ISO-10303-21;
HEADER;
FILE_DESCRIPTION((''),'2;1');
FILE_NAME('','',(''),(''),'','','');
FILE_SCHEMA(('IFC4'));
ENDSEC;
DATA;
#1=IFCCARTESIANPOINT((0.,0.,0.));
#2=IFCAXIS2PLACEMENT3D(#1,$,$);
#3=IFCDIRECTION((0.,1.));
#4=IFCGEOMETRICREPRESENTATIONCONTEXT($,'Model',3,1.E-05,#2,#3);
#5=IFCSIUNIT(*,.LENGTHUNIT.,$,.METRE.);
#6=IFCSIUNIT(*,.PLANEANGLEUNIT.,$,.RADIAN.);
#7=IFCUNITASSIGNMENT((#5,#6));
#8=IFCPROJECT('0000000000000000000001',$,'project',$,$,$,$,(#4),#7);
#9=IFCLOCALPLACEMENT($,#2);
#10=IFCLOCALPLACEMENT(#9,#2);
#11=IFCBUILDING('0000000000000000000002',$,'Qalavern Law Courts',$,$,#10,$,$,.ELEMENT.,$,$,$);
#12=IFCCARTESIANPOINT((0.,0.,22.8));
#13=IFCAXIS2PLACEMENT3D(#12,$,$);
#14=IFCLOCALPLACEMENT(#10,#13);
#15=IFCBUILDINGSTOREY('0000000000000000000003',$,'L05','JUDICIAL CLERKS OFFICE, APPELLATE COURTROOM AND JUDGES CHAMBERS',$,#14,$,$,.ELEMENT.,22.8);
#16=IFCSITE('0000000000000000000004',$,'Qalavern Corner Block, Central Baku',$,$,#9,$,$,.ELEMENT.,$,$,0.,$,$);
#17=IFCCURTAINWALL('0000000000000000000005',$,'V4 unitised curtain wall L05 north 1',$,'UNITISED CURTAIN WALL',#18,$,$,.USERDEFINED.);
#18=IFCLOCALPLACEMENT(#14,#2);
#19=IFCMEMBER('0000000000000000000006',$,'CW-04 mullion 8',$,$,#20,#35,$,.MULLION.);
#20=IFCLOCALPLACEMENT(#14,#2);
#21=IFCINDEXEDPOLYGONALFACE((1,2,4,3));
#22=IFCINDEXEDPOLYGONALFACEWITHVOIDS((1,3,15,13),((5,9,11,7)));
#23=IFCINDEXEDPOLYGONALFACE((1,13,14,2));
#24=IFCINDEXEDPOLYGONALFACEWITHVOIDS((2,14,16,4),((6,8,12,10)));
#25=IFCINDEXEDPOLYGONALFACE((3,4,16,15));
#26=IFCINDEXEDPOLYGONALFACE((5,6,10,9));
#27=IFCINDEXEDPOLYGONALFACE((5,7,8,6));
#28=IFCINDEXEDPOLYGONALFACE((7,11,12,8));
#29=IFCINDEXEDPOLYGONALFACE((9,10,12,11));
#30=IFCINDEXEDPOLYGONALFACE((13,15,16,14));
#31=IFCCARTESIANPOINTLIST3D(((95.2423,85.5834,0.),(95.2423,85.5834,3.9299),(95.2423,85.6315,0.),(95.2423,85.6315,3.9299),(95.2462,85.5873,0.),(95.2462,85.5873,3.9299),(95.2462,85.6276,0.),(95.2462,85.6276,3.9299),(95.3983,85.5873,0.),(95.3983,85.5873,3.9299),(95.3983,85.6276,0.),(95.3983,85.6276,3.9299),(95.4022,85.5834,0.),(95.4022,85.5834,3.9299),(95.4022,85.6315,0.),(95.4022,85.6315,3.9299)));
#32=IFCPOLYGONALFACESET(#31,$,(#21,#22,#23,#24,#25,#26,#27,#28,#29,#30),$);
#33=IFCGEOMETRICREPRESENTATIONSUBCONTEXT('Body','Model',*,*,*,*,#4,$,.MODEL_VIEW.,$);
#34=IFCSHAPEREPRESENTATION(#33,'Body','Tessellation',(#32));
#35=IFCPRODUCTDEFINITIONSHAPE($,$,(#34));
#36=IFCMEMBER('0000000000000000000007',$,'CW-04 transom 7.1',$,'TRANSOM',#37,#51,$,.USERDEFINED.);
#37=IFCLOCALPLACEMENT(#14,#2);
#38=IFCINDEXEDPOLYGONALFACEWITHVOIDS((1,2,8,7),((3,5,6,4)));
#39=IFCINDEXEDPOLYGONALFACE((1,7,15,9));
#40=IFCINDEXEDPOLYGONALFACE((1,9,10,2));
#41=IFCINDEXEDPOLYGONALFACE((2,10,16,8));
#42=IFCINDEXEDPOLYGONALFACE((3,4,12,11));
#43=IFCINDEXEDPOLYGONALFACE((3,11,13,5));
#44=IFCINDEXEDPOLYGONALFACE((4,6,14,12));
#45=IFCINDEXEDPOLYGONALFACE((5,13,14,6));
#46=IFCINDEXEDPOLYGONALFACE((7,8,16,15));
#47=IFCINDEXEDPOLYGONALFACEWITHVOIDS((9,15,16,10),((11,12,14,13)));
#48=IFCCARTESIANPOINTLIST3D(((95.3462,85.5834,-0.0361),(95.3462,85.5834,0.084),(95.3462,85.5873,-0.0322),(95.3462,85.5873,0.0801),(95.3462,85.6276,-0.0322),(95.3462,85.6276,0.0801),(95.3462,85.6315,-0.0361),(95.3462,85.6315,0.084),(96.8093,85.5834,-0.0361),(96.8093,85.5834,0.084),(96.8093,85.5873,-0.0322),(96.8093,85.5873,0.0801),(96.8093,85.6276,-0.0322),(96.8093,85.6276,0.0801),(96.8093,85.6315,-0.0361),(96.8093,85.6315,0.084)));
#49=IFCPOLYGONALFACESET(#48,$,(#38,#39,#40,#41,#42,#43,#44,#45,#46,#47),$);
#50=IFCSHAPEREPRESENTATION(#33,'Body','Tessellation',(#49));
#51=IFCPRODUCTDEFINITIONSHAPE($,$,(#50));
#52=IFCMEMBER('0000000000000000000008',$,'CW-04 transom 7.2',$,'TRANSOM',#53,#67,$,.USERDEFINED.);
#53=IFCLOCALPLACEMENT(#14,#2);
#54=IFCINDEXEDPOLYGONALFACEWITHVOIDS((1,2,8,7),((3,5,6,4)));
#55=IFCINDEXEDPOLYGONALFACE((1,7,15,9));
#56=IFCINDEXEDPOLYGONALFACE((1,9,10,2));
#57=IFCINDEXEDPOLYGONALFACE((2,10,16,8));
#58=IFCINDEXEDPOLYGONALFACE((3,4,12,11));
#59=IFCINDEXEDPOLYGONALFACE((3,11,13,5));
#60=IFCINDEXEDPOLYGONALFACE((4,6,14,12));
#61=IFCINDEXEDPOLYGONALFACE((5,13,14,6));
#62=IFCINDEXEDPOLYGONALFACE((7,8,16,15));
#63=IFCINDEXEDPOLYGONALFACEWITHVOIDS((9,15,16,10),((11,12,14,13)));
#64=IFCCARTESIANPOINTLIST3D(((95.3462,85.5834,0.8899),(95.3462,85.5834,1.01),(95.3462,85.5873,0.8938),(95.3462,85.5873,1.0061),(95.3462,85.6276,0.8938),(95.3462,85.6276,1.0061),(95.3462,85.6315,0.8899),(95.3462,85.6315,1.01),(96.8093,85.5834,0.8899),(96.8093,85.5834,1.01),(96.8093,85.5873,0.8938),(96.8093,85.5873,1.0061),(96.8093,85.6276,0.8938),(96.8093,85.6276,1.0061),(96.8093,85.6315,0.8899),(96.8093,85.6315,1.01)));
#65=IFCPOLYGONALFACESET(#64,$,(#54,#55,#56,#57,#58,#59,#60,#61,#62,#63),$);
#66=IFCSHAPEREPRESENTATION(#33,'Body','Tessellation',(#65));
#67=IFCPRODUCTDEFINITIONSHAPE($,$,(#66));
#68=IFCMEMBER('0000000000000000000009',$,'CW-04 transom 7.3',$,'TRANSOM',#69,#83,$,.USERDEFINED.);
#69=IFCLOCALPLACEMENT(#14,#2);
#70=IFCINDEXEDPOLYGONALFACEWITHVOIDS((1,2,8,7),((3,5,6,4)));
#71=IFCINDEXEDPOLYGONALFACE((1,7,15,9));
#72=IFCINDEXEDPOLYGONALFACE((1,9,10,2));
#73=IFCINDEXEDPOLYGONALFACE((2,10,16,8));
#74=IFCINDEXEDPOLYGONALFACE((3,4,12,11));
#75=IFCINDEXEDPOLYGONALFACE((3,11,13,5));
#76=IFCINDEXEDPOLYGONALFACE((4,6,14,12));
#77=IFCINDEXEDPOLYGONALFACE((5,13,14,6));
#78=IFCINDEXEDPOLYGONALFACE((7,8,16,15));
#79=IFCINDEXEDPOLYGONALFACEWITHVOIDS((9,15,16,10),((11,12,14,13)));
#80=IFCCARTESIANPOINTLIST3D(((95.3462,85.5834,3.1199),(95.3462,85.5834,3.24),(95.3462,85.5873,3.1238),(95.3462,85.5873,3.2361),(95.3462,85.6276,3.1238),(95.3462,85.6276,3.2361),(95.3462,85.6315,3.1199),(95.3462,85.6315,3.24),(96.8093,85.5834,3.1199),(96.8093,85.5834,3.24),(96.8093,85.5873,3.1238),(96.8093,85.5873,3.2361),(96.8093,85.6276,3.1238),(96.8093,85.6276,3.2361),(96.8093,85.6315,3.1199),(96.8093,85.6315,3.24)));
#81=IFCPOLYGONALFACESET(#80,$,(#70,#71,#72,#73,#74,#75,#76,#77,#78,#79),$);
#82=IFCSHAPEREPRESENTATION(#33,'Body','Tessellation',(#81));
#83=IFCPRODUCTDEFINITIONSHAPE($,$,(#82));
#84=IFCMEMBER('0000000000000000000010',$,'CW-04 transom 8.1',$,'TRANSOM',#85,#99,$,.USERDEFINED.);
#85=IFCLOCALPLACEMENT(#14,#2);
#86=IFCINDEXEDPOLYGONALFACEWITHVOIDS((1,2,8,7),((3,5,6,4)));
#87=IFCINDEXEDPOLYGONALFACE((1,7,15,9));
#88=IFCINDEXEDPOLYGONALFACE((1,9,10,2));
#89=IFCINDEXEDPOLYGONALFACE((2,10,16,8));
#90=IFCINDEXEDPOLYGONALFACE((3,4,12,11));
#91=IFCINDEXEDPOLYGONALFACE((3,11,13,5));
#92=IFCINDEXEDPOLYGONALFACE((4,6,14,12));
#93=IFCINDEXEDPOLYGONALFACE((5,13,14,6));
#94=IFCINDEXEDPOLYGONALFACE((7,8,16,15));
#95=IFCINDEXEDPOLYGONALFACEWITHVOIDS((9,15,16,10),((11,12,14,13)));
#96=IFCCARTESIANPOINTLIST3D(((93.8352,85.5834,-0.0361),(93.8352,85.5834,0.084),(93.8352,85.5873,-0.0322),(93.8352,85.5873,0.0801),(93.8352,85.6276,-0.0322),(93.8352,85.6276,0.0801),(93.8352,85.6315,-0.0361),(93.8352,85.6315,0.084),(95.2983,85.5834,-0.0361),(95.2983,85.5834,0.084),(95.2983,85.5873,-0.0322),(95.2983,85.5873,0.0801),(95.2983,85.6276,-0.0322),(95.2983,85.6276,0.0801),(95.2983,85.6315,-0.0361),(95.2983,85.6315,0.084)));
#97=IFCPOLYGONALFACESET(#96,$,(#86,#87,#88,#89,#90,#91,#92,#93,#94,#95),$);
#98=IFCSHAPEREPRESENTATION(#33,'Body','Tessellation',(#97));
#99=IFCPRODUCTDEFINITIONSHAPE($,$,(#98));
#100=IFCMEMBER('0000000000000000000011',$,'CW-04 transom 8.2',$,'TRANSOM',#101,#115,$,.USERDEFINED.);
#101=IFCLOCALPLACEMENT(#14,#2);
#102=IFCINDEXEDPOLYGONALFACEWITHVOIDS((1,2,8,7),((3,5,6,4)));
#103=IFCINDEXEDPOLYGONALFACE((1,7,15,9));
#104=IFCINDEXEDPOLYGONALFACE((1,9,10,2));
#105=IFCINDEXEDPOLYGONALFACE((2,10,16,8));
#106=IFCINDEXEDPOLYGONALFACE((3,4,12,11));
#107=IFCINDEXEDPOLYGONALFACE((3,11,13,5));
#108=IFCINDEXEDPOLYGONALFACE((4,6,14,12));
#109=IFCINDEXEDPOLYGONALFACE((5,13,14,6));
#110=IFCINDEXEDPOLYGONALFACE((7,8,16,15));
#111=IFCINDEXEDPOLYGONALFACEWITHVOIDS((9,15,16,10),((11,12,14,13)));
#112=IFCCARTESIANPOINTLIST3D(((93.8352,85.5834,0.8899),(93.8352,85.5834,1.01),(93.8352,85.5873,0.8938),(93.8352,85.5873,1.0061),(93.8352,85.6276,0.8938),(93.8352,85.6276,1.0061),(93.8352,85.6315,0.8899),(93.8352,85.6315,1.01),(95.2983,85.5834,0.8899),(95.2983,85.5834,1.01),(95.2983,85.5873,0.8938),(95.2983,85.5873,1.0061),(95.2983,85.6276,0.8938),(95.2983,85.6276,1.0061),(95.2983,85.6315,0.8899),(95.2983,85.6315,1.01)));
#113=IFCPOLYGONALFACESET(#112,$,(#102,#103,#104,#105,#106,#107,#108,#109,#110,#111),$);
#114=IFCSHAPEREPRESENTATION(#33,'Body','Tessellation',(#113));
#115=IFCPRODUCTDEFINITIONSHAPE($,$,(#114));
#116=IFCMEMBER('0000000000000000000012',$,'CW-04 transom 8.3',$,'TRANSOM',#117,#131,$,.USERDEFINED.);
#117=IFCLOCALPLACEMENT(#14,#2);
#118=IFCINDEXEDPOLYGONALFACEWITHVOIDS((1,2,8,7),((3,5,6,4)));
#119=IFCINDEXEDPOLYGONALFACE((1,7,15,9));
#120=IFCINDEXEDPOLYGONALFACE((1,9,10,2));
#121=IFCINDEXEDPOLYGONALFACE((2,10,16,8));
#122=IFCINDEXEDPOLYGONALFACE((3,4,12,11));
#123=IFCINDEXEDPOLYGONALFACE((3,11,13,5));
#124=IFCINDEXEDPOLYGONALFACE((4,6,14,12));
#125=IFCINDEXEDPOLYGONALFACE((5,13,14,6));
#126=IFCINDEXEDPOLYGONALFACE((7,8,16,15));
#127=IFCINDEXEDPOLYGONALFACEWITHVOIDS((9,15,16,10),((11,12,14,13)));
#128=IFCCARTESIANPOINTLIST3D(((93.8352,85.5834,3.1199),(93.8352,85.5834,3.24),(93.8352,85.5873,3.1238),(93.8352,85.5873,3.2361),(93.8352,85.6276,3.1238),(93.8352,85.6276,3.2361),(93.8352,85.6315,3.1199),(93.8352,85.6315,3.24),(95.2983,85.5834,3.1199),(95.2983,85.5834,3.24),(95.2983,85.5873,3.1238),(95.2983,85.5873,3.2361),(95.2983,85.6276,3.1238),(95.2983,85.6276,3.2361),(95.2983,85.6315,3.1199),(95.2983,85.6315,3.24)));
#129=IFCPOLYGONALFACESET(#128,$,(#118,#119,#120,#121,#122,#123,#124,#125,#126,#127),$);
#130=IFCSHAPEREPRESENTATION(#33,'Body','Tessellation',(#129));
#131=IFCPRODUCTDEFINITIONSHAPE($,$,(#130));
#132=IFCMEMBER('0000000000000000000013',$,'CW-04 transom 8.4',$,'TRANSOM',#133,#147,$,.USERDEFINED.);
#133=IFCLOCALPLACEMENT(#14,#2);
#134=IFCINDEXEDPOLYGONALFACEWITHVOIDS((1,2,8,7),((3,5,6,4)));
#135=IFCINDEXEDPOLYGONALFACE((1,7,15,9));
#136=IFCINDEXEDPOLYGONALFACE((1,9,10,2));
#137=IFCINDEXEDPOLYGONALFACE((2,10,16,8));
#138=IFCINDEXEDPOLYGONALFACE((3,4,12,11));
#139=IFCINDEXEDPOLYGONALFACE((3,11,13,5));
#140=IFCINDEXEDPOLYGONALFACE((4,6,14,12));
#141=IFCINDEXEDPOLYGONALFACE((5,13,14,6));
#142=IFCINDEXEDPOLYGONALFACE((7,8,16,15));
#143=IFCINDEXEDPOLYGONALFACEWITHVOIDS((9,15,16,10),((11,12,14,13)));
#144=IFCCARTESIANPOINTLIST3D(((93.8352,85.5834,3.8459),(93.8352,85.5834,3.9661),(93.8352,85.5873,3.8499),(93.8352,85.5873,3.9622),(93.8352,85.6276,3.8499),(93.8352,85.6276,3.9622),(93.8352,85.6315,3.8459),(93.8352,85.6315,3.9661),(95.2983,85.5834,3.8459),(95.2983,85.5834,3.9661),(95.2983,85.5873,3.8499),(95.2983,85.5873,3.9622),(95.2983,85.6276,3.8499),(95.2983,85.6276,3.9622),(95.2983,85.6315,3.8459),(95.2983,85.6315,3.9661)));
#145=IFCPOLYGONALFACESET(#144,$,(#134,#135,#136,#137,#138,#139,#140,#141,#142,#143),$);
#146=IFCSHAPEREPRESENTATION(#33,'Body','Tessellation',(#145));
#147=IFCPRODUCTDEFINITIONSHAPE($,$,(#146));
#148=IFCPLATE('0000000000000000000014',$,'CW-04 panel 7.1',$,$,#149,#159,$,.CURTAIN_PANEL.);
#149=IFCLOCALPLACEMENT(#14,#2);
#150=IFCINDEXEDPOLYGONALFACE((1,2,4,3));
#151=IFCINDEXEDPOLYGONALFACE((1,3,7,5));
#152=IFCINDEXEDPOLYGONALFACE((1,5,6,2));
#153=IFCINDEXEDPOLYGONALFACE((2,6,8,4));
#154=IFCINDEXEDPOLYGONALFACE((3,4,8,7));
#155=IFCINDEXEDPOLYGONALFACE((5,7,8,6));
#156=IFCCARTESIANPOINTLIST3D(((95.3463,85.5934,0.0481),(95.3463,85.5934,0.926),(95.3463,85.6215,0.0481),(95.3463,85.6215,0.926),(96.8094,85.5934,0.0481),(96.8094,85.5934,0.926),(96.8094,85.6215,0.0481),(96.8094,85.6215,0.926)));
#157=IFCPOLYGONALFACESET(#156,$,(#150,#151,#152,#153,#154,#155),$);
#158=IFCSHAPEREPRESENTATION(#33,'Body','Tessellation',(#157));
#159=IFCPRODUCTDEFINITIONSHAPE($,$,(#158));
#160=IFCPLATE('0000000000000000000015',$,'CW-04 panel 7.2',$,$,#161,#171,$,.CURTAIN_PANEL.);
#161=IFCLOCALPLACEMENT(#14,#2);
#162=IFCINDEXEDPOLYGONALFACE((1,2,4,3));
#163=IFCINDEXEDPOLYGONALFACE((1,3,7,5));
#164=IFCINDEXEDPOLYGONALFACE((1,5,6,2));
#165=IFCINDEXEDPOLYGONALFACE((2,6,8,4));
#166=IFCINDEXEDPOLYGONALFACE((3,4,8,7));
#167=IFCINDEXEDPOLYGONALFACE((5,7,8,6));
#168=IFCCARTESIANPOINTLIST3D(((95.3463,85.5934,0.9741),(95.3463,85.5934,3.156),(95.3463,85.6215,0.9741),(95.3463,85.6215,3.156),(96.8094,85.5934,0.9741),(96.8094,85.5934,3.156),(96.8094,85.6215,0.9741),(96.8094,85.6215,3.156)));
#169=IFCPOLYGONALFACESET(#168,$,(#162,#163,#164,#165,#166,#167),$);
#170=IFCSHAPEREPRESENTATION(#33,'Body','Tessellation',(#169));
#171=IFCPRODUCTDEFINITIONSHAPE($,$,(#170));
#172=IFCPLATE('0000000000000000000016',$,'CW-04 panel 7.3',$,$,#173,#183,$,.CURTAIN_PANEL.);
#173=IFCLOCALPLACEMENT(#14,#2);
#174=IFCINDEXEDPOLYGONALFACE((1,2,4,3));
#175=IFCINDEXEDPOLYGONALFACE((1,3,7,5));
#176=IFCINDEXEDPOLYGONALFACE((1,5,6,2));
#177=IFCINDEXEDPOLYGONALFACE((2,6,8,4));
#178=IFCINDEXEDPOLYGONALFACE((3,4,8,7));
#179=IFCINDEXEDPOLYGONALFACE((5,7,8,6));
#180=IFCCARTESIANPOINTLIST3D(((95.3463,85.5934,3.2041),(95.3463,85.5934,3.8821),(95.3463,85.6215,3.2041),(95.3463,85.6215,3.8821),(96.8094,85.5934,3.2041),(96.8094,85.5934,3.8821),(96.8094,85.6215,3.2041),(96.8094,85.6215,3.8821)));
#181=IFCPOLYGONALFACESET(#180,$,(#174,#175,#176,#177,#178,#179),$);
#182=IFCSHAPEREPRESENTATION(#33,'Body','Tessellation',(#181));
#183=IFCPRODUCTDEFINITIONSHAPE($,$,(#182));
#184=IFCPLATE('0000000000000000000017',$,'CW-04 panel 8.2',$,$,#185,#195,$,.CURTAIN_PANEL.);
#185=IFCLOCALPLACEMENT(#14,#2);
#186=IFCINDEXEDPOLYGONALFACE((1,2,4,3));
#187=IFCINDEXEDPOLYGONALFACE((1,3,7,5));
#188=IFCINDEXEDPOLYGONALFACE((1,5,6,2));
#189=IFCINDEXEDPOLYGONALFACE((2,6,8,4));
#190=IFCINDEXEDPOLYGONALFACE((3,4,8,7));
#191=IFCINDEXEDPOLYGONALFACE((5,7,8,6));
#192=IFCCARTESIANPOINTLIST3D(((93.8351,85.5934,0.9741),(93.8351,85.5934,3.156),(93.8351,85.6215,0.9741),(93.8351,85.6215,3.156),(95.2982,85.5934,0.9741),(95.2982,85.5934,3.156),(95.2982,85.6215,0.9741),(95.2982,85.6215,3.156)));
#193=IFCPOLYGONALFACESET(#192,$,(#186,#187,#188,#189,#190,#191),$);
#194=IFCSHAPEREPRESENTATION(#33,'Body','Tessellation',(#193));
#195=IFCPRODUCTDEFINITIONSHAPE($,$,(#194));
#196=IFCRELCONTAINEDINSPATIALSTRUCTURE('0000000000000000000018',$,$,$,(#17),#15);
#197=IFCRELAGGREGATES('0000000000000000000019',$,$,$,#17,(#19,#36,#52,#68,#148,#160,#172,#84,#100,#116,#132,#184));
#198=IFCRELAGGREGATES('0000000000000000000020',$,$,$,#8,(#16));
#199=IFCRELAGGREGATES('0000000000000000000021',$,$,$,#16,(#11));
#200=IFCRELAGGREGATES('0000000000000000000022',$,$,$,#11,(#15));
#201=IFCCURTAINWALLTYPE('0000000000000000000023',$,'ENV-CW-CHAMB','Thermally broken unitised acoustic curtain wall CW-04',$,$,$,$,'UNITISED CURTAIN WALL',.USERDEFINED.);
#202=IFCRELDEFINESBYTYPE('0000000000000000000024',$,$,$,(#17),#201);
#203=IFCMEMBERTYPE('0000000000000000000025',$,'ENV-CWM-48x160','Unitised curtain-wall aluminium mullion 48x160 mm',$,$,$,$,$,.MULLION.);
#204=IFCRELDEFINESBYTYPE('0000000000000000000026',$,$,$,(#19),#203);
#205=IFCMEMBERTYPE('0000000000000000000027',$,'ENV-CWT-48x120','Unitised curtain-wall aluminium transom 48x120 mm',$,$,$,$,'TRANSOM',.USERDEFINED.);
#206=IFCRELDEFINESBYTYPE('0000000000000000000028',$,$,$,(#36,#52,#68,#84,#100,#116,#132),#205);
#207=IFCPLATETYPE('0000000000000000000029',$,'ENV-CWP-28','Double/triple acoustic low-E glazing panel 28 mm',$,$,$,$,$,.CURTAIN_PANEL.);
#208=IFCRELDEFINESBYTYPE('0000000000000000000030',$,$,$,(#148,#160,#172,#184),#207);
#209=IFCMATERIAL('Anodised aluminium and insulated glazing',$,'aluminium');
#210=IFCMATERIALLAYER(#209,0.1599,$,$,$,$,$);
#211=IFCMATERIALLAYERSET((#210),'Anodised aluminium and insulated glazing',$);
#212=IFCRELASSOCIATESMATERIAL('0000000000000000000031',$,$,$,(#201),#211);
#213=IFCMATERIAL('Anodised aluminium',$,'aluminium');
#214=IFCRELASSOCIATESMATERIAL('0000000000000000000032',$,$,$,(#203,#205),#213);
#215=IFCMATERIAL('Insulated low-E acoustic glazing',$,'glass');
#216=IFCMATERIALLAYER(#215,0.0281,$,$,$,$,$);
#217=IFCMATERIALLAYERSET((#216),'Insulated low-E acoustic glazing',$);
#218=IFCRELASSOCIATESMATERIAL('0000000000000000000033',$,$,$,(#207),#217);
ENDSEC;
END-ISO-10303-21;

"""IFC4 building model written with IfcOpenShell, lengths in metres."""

from ifc_helpers import new_model, si_unit, direction, frame, origin, origin_2d, place, context, subcontext, project, spatial, rectangle, hollow_rectangle, extrude, material, layer, layer_set, material_profile, profile_set, type_object, element, aggregate, save


model = new_model("IFC4")

# Units and contexts
model_context = context("Model", 3, precision=1e-05, world=origin(), true_north=direction((0.0, 1.0)))
body_context = subcontext(model_context, "Body", "Model", "MODEL_VIEW")
ifc_project = project(units=[si_unit("LENGTHUNIT", "METRE"), si_unit("PLANEANGLEUNIT", "RADIAN")], contexts=[model_context])

# Site, building, storey
site_placement = place(None, origin())
site = spatial("IfcSite", under=ifc_project, at=site_placement, Name="Qalavern Corner Block, Central Baku", CompositionType="ELEMENT", RefElevation=0.0)
building_placement = place(site_placement, origin())
building = spatial("IfcBuilding", under=site, at=building_placement, Name="Qalavern Law Courts", CompositionType="ELEMENT")
storey_placement = place(building_placement, frame((0.0, 0.0, 22.8)))
storey = spatial("IfcBuildingStorey", under=building, at=storey_placement, Name="L05", Description="JUDICIAL CLERKS OFFICE, APPELLATE COURTROOM AND JUDGES CHAMBERS", CompositionType="ELEMENT", Elevation=22.8)

# Curtain wall, members, plates
ifc_material_1 = material(Name="Anodised aluminium and insulated glazing", Category="aluminium")
ifc_layer_1 = layer(ifc_material_1, 0.1599)
ifc_layer_set_1 = layer_set([ifc_layer_1], Name="Anodised aluminium and insulated glazing")
curtain_wall_type = type_object("IfcCurtainWallType", Name="ENV-CW-CHAMB", Description="Thermally broken unitised acoustic curtain wall CW-04", ElementType="UNITISED CURTAIN WALL", PredefinedType="USERDEFINED", material=ifc_layer_set_1)
curtain_wall_placement = place(storey_placement, origin())
curtain_wall = element("IfcCurtainWall", 1, at=curtain_wall_placement, inside=storey, type_object=curtain_wall_type, Name="V4 unitised curtain wall L05 north 1", ObjectType="UNITISED CURTAIN WALL", PredefinedType="USERDEFINED")
ifc_material_2 = material(Name="Anodised aluminium", Category="aluminium")
ifc_material_profile_1 = material_profile(ifc_material_2, hollow_rectangle(XDim=0.0481, YDim=0.1599, WallThickness=0.0039, at=origin_2d()), Name="ALU MULLION 48x160")
ifc_profile_set_1 = profile_set([ifc_material_profile_1], Name="Anodised aluminium")
member_type_1 = type_object("IfcMemberType", Name="ENV-CWM-48x160", Description="Unitised curtain-wall aluminium mullion 48x160 mm", PredefinedType="MULLION", material=ifc_profile_set_1)
member_1_placement = place(storey_placement, frame((95.3223, 85.6074, 0.0), z_axis=(0.0, 0.0, 1.0), x_axis=(0.0, -1.0, 0.0)))
member_1 = element("IfcMember", 2, at=member_1_placement, type_object=member_type_1, Name="CW-04 mullion 8", PredefinedType="MULLION", context=body_context, shape_type="SweptSolid", body=[
    extrude(hollow_rectangle(XDim=0.0481, YDim=0.1599, WallThickness=0.0039, at=origin_2d()), origin(), (0.0, 0.0, 1.0), 3.9299),
])
ifc_material_profile_2 = material_profile(ifc_material_2, hollow_rectangle(XDim=0.0481, YDim=0.1201, WallThickness=0.0039, at=origin_2d()), Name="ALU TRANSOM 48x120")
ifc_profile_set_2 = profile_set([ifc_material_profile_2], Name="Anodised aluminium")
member_type_2 = type_object("IfcMemberType", Name="ENV-CWT-48x120", Description="Unitised curtain-wall aluminium transom 48x120 mm", ElementType="TRANSOM", PredefinedType="USERDEFINED", material=ifc_profile_set_2)
member_2_placement = place(storey_placement, frame((96.8093, 85.6074, 0.0239), z_axis=(-1.0, 0.0, 0.0), x_axis=(0.0, -1.0, 0.0)))
member_2 = element("IfcMember", 3, at=member_2_placement, type_object=member_type_2, Name="CW-04 transom 7.1", ObjectType="TRANSOM", PredefinedType="USERDEFINED", context=body_context, shape_type="SweptSolid", body=[
    extrude(hollow_rectangle(XDim=0.0481, YDim=0.1201, WallThickness=0.0039, at=origin_2d()), origin(), (0.0, 0.0, 1.0), 1.4631),
])
member_3_placement = place(storey_placement, frame((96.8093, 85.6074, 0.95), z_axis=(-1.0, 0.0, 0.0), x_axis=(0.0, -1.0, 0.0)))
member_3 = element("IfcMember", 4, at=member_3_placement, type_object=member_type_2, Name="CW-04 transom 7.2", ObjectType="TRANSOM", PredefinedType="USERDEFINED", context=body_context, shape_type="SweptSolid", body=[
    extrude(hollow_rectangle(XDim=0.0481, YDim=0.1201, WallThickness=0.0039, at=origin_2d()), origin(), (0.0, 0.0, 1.0), 1.4631),
])
member_4_placement = place(storey_placement, frame((96.8093, 85.6074, 3.1799), z_axis=(-1.0, 0.0, 0.0), x_axis=(0.0, -1.0, 0.0)))
member_4 = element("IfcMember", 5, at=member_4_placement, type_object=member_type_2, Name="CW-04 transom 7.3", ObjectType="TRANSOM", PredefinedType="USERDEFINED", context=body_context, shape_type="SweptSolid", body=[
    extrude(hollow_rectangle(XDim=0.0481, YDim=0.1201, WallThickness=0.0039, at=origin_2d()), origin(), (0.0, 0.0, 1.0), 1.4631),
])
member_5_placement = place(storey_placement, frame((95.2983, 85.6074, 0.0239), z_axis=(-1.0, 0.0, 0.0), x_axis=(0.0, -1.0, 0.0)))
member_5 = element("IfcMember", 6, at=member_5_placement, type_object=member_type_2, Name="CW-04 transom 8.1", ObjectType="TRANSOM", PredefinedType="USERDEFINED", context=body_context, shape_type="SweptSolid", body=[
    extrude(hollow_rectangle(XDim=0.0481, YDim=0.1201, WallThickness=0.0039, at=origin_2d()), origin(), (0.0, 0.0, 1.0), 1.4631),
])
member_6_placement = place(storey_placement, frame((95.2983, 85.6074, 0.95), z_axis=(-1.0, 0.0, 0.0), x_axis=(0.0, -1.0, 0.0)))
member_6 = element("IfcMember", 7, at=member_6_placement, type_object=member_type_2, Name="CW-04 transom 8.2", ObjectType="TRANSOM", PredefinedType="USERDEFINED", context=body_context, shape_type="SweptSolid", body=[
    extrude(hollow_rectangle(XDim=0.0481, YDim=0.1201, WallThickness=0.0039, at=origin_2d()), origin(), (0.0, 0.0, 1.0), 1.4631),
])
member_7_placement = place(storey_placement, frame((95.2983, 85.6074, 3.1799), z_axis=(-1.0, 0.0, 0.0), x_axis=(0.0, -1.0, 0.0)))
member_7 = element("IfcMember", 8, at=member_7_placement, type_object=member_type_2, Name="CW-04 transom 8.3", ObjectType="TRANSOM", PredefinedType="USERDEFINED", context=body_context, shape_type="SweptSolid", body=[
    extrude(hollow_rectangle(XDim=0.0481, YDim=0.1201, WallThickness=0.0039, at=origin_2d()), origin(), (0.0, 0.0, 1.0), 1.4631),
])
member_8_placement = place(storey_placement, frame((95.2983, 85.6074, 3.906), z_axis=(-1.0, 0.0, 0.0), x_axis=(0.0, -1.0, 0.0)))
member_8 = element("IfcMember", 9, at=member_8_placement, type_object=member_type_2, Name="CW-04 transom 8.4", ObjectType="TRANSOM", PredefinedType="USERDEFINED", context=body_context, shape_type="SweptSolid", body=[
    extrude(hollow_rectangle(XDim=0.0481, YDim=0.1201, WallThickness=0.0039, at=origin_2d()), origin(), (0.0, 0.0, 1.0), 1.4631),
])
ifc_material_3 = material(Name="Insulated low-E acoustic glazing", Category="glass")
ifc_layer_2 = layer(ifc_material_3, 0.0281)
ifc_layer_set_2 = layer_set([ifc_layer_2], Name="Insulated low-E acoustic glazing")
plate_type = type_object("IfcPlateType", Name="ENV-CWP-28", Description="Double/triple acoustic low-E glazing panel 28 mm", PredefinedType="CURTAIN_PANEL", material=ifc_layer_set_2)
plate_1_placement = place(storey_placement, frame((96.0779, 85.6074, 0.0481), z_axis=(0.0, 0.0, 1.0), x_axis=(-1.0, 0.0, 0.0)))
plate_1 = element("IfcPlate", 10, at=plate_1_placement, type_object=plate_type, Name="CW-04 panel 7.1", PredefinedType="CURTAIN_PANEL", context=body_context, shape_type="SweptSolid", body=[
    extrude(rectangle(XDim=1.4631, YDim=0.0281, at=origin_2d()), origin(), (0.0, 0.0, 1.0), 0.8779),
])
plate_2_placement = place(storey_placement, frame((96.0779, 85.6074, 0.9741), z_axis=(0.0, 0.0, 1.0), x_axis=(-1.0, 0.0, 0.0)))
plate_2 = element("IfcPlate", 11, at=plate_2_placement, type_object=plate_type, Name="CW-04 panel 7.2", PredefinedType="CURTAIN_PANEL", context=body_context, shape_type="SweptSolid", body=[
    extrude(rectangle(XDim=1.4631, YDim=0.0281, at=origin_2d()), origin(), (0.0, 0.0, 1.0), 2.1819),
])
plate_3_placement = place(storey_placement, frame((96.0779, 85.6074, 3.2041), z_axis=(0.0, 0.0, 1.0), x_axis=(-1.0, 0.0, 0.0)))
plate_3 = element("IfcPlate", 12, at=plate_3_placement, type_object=plate_type, Name="CW-04 panel 7.3", PredefinedType="CURTAIN_PANEL", context=body_context, shape_type="SweptSolid", body=[
    extrude(rectangle(XDim=1.4631, YDim=0.0281, at=origin_2d()), origin(), (0.0, 0.0, 1.0), 0.678),
])
plate_4_placement = place(storey_placement, frame((94.5667, 85.6074, 0.9741), z_axis=(0.0, 0.0, 1.0), x_axis=(-1.0, 0.0, 0.0)))
plate_4 = element("IfcPlate", 13, at=plate_4_placement, type_object=plate_type, Name="CW-04 panel 8.2", PredefinedType="CURTAIN_PANEL", context=body_context, shape_type="SweptSolid", body=[
    extrude(rectangle(XDim=1.4631, YDim=0.0281, at=origin_2d()), origin(), (0.0, 0.0, 1.0), 2.1819),
])
aggregate(curtain_wall, [member_1, member_2, member_3, member_4, plate_1, plate_2, plate_3, member_5, member_6, member_7, member_8, plate_4])

save(model, "model.ifc")
